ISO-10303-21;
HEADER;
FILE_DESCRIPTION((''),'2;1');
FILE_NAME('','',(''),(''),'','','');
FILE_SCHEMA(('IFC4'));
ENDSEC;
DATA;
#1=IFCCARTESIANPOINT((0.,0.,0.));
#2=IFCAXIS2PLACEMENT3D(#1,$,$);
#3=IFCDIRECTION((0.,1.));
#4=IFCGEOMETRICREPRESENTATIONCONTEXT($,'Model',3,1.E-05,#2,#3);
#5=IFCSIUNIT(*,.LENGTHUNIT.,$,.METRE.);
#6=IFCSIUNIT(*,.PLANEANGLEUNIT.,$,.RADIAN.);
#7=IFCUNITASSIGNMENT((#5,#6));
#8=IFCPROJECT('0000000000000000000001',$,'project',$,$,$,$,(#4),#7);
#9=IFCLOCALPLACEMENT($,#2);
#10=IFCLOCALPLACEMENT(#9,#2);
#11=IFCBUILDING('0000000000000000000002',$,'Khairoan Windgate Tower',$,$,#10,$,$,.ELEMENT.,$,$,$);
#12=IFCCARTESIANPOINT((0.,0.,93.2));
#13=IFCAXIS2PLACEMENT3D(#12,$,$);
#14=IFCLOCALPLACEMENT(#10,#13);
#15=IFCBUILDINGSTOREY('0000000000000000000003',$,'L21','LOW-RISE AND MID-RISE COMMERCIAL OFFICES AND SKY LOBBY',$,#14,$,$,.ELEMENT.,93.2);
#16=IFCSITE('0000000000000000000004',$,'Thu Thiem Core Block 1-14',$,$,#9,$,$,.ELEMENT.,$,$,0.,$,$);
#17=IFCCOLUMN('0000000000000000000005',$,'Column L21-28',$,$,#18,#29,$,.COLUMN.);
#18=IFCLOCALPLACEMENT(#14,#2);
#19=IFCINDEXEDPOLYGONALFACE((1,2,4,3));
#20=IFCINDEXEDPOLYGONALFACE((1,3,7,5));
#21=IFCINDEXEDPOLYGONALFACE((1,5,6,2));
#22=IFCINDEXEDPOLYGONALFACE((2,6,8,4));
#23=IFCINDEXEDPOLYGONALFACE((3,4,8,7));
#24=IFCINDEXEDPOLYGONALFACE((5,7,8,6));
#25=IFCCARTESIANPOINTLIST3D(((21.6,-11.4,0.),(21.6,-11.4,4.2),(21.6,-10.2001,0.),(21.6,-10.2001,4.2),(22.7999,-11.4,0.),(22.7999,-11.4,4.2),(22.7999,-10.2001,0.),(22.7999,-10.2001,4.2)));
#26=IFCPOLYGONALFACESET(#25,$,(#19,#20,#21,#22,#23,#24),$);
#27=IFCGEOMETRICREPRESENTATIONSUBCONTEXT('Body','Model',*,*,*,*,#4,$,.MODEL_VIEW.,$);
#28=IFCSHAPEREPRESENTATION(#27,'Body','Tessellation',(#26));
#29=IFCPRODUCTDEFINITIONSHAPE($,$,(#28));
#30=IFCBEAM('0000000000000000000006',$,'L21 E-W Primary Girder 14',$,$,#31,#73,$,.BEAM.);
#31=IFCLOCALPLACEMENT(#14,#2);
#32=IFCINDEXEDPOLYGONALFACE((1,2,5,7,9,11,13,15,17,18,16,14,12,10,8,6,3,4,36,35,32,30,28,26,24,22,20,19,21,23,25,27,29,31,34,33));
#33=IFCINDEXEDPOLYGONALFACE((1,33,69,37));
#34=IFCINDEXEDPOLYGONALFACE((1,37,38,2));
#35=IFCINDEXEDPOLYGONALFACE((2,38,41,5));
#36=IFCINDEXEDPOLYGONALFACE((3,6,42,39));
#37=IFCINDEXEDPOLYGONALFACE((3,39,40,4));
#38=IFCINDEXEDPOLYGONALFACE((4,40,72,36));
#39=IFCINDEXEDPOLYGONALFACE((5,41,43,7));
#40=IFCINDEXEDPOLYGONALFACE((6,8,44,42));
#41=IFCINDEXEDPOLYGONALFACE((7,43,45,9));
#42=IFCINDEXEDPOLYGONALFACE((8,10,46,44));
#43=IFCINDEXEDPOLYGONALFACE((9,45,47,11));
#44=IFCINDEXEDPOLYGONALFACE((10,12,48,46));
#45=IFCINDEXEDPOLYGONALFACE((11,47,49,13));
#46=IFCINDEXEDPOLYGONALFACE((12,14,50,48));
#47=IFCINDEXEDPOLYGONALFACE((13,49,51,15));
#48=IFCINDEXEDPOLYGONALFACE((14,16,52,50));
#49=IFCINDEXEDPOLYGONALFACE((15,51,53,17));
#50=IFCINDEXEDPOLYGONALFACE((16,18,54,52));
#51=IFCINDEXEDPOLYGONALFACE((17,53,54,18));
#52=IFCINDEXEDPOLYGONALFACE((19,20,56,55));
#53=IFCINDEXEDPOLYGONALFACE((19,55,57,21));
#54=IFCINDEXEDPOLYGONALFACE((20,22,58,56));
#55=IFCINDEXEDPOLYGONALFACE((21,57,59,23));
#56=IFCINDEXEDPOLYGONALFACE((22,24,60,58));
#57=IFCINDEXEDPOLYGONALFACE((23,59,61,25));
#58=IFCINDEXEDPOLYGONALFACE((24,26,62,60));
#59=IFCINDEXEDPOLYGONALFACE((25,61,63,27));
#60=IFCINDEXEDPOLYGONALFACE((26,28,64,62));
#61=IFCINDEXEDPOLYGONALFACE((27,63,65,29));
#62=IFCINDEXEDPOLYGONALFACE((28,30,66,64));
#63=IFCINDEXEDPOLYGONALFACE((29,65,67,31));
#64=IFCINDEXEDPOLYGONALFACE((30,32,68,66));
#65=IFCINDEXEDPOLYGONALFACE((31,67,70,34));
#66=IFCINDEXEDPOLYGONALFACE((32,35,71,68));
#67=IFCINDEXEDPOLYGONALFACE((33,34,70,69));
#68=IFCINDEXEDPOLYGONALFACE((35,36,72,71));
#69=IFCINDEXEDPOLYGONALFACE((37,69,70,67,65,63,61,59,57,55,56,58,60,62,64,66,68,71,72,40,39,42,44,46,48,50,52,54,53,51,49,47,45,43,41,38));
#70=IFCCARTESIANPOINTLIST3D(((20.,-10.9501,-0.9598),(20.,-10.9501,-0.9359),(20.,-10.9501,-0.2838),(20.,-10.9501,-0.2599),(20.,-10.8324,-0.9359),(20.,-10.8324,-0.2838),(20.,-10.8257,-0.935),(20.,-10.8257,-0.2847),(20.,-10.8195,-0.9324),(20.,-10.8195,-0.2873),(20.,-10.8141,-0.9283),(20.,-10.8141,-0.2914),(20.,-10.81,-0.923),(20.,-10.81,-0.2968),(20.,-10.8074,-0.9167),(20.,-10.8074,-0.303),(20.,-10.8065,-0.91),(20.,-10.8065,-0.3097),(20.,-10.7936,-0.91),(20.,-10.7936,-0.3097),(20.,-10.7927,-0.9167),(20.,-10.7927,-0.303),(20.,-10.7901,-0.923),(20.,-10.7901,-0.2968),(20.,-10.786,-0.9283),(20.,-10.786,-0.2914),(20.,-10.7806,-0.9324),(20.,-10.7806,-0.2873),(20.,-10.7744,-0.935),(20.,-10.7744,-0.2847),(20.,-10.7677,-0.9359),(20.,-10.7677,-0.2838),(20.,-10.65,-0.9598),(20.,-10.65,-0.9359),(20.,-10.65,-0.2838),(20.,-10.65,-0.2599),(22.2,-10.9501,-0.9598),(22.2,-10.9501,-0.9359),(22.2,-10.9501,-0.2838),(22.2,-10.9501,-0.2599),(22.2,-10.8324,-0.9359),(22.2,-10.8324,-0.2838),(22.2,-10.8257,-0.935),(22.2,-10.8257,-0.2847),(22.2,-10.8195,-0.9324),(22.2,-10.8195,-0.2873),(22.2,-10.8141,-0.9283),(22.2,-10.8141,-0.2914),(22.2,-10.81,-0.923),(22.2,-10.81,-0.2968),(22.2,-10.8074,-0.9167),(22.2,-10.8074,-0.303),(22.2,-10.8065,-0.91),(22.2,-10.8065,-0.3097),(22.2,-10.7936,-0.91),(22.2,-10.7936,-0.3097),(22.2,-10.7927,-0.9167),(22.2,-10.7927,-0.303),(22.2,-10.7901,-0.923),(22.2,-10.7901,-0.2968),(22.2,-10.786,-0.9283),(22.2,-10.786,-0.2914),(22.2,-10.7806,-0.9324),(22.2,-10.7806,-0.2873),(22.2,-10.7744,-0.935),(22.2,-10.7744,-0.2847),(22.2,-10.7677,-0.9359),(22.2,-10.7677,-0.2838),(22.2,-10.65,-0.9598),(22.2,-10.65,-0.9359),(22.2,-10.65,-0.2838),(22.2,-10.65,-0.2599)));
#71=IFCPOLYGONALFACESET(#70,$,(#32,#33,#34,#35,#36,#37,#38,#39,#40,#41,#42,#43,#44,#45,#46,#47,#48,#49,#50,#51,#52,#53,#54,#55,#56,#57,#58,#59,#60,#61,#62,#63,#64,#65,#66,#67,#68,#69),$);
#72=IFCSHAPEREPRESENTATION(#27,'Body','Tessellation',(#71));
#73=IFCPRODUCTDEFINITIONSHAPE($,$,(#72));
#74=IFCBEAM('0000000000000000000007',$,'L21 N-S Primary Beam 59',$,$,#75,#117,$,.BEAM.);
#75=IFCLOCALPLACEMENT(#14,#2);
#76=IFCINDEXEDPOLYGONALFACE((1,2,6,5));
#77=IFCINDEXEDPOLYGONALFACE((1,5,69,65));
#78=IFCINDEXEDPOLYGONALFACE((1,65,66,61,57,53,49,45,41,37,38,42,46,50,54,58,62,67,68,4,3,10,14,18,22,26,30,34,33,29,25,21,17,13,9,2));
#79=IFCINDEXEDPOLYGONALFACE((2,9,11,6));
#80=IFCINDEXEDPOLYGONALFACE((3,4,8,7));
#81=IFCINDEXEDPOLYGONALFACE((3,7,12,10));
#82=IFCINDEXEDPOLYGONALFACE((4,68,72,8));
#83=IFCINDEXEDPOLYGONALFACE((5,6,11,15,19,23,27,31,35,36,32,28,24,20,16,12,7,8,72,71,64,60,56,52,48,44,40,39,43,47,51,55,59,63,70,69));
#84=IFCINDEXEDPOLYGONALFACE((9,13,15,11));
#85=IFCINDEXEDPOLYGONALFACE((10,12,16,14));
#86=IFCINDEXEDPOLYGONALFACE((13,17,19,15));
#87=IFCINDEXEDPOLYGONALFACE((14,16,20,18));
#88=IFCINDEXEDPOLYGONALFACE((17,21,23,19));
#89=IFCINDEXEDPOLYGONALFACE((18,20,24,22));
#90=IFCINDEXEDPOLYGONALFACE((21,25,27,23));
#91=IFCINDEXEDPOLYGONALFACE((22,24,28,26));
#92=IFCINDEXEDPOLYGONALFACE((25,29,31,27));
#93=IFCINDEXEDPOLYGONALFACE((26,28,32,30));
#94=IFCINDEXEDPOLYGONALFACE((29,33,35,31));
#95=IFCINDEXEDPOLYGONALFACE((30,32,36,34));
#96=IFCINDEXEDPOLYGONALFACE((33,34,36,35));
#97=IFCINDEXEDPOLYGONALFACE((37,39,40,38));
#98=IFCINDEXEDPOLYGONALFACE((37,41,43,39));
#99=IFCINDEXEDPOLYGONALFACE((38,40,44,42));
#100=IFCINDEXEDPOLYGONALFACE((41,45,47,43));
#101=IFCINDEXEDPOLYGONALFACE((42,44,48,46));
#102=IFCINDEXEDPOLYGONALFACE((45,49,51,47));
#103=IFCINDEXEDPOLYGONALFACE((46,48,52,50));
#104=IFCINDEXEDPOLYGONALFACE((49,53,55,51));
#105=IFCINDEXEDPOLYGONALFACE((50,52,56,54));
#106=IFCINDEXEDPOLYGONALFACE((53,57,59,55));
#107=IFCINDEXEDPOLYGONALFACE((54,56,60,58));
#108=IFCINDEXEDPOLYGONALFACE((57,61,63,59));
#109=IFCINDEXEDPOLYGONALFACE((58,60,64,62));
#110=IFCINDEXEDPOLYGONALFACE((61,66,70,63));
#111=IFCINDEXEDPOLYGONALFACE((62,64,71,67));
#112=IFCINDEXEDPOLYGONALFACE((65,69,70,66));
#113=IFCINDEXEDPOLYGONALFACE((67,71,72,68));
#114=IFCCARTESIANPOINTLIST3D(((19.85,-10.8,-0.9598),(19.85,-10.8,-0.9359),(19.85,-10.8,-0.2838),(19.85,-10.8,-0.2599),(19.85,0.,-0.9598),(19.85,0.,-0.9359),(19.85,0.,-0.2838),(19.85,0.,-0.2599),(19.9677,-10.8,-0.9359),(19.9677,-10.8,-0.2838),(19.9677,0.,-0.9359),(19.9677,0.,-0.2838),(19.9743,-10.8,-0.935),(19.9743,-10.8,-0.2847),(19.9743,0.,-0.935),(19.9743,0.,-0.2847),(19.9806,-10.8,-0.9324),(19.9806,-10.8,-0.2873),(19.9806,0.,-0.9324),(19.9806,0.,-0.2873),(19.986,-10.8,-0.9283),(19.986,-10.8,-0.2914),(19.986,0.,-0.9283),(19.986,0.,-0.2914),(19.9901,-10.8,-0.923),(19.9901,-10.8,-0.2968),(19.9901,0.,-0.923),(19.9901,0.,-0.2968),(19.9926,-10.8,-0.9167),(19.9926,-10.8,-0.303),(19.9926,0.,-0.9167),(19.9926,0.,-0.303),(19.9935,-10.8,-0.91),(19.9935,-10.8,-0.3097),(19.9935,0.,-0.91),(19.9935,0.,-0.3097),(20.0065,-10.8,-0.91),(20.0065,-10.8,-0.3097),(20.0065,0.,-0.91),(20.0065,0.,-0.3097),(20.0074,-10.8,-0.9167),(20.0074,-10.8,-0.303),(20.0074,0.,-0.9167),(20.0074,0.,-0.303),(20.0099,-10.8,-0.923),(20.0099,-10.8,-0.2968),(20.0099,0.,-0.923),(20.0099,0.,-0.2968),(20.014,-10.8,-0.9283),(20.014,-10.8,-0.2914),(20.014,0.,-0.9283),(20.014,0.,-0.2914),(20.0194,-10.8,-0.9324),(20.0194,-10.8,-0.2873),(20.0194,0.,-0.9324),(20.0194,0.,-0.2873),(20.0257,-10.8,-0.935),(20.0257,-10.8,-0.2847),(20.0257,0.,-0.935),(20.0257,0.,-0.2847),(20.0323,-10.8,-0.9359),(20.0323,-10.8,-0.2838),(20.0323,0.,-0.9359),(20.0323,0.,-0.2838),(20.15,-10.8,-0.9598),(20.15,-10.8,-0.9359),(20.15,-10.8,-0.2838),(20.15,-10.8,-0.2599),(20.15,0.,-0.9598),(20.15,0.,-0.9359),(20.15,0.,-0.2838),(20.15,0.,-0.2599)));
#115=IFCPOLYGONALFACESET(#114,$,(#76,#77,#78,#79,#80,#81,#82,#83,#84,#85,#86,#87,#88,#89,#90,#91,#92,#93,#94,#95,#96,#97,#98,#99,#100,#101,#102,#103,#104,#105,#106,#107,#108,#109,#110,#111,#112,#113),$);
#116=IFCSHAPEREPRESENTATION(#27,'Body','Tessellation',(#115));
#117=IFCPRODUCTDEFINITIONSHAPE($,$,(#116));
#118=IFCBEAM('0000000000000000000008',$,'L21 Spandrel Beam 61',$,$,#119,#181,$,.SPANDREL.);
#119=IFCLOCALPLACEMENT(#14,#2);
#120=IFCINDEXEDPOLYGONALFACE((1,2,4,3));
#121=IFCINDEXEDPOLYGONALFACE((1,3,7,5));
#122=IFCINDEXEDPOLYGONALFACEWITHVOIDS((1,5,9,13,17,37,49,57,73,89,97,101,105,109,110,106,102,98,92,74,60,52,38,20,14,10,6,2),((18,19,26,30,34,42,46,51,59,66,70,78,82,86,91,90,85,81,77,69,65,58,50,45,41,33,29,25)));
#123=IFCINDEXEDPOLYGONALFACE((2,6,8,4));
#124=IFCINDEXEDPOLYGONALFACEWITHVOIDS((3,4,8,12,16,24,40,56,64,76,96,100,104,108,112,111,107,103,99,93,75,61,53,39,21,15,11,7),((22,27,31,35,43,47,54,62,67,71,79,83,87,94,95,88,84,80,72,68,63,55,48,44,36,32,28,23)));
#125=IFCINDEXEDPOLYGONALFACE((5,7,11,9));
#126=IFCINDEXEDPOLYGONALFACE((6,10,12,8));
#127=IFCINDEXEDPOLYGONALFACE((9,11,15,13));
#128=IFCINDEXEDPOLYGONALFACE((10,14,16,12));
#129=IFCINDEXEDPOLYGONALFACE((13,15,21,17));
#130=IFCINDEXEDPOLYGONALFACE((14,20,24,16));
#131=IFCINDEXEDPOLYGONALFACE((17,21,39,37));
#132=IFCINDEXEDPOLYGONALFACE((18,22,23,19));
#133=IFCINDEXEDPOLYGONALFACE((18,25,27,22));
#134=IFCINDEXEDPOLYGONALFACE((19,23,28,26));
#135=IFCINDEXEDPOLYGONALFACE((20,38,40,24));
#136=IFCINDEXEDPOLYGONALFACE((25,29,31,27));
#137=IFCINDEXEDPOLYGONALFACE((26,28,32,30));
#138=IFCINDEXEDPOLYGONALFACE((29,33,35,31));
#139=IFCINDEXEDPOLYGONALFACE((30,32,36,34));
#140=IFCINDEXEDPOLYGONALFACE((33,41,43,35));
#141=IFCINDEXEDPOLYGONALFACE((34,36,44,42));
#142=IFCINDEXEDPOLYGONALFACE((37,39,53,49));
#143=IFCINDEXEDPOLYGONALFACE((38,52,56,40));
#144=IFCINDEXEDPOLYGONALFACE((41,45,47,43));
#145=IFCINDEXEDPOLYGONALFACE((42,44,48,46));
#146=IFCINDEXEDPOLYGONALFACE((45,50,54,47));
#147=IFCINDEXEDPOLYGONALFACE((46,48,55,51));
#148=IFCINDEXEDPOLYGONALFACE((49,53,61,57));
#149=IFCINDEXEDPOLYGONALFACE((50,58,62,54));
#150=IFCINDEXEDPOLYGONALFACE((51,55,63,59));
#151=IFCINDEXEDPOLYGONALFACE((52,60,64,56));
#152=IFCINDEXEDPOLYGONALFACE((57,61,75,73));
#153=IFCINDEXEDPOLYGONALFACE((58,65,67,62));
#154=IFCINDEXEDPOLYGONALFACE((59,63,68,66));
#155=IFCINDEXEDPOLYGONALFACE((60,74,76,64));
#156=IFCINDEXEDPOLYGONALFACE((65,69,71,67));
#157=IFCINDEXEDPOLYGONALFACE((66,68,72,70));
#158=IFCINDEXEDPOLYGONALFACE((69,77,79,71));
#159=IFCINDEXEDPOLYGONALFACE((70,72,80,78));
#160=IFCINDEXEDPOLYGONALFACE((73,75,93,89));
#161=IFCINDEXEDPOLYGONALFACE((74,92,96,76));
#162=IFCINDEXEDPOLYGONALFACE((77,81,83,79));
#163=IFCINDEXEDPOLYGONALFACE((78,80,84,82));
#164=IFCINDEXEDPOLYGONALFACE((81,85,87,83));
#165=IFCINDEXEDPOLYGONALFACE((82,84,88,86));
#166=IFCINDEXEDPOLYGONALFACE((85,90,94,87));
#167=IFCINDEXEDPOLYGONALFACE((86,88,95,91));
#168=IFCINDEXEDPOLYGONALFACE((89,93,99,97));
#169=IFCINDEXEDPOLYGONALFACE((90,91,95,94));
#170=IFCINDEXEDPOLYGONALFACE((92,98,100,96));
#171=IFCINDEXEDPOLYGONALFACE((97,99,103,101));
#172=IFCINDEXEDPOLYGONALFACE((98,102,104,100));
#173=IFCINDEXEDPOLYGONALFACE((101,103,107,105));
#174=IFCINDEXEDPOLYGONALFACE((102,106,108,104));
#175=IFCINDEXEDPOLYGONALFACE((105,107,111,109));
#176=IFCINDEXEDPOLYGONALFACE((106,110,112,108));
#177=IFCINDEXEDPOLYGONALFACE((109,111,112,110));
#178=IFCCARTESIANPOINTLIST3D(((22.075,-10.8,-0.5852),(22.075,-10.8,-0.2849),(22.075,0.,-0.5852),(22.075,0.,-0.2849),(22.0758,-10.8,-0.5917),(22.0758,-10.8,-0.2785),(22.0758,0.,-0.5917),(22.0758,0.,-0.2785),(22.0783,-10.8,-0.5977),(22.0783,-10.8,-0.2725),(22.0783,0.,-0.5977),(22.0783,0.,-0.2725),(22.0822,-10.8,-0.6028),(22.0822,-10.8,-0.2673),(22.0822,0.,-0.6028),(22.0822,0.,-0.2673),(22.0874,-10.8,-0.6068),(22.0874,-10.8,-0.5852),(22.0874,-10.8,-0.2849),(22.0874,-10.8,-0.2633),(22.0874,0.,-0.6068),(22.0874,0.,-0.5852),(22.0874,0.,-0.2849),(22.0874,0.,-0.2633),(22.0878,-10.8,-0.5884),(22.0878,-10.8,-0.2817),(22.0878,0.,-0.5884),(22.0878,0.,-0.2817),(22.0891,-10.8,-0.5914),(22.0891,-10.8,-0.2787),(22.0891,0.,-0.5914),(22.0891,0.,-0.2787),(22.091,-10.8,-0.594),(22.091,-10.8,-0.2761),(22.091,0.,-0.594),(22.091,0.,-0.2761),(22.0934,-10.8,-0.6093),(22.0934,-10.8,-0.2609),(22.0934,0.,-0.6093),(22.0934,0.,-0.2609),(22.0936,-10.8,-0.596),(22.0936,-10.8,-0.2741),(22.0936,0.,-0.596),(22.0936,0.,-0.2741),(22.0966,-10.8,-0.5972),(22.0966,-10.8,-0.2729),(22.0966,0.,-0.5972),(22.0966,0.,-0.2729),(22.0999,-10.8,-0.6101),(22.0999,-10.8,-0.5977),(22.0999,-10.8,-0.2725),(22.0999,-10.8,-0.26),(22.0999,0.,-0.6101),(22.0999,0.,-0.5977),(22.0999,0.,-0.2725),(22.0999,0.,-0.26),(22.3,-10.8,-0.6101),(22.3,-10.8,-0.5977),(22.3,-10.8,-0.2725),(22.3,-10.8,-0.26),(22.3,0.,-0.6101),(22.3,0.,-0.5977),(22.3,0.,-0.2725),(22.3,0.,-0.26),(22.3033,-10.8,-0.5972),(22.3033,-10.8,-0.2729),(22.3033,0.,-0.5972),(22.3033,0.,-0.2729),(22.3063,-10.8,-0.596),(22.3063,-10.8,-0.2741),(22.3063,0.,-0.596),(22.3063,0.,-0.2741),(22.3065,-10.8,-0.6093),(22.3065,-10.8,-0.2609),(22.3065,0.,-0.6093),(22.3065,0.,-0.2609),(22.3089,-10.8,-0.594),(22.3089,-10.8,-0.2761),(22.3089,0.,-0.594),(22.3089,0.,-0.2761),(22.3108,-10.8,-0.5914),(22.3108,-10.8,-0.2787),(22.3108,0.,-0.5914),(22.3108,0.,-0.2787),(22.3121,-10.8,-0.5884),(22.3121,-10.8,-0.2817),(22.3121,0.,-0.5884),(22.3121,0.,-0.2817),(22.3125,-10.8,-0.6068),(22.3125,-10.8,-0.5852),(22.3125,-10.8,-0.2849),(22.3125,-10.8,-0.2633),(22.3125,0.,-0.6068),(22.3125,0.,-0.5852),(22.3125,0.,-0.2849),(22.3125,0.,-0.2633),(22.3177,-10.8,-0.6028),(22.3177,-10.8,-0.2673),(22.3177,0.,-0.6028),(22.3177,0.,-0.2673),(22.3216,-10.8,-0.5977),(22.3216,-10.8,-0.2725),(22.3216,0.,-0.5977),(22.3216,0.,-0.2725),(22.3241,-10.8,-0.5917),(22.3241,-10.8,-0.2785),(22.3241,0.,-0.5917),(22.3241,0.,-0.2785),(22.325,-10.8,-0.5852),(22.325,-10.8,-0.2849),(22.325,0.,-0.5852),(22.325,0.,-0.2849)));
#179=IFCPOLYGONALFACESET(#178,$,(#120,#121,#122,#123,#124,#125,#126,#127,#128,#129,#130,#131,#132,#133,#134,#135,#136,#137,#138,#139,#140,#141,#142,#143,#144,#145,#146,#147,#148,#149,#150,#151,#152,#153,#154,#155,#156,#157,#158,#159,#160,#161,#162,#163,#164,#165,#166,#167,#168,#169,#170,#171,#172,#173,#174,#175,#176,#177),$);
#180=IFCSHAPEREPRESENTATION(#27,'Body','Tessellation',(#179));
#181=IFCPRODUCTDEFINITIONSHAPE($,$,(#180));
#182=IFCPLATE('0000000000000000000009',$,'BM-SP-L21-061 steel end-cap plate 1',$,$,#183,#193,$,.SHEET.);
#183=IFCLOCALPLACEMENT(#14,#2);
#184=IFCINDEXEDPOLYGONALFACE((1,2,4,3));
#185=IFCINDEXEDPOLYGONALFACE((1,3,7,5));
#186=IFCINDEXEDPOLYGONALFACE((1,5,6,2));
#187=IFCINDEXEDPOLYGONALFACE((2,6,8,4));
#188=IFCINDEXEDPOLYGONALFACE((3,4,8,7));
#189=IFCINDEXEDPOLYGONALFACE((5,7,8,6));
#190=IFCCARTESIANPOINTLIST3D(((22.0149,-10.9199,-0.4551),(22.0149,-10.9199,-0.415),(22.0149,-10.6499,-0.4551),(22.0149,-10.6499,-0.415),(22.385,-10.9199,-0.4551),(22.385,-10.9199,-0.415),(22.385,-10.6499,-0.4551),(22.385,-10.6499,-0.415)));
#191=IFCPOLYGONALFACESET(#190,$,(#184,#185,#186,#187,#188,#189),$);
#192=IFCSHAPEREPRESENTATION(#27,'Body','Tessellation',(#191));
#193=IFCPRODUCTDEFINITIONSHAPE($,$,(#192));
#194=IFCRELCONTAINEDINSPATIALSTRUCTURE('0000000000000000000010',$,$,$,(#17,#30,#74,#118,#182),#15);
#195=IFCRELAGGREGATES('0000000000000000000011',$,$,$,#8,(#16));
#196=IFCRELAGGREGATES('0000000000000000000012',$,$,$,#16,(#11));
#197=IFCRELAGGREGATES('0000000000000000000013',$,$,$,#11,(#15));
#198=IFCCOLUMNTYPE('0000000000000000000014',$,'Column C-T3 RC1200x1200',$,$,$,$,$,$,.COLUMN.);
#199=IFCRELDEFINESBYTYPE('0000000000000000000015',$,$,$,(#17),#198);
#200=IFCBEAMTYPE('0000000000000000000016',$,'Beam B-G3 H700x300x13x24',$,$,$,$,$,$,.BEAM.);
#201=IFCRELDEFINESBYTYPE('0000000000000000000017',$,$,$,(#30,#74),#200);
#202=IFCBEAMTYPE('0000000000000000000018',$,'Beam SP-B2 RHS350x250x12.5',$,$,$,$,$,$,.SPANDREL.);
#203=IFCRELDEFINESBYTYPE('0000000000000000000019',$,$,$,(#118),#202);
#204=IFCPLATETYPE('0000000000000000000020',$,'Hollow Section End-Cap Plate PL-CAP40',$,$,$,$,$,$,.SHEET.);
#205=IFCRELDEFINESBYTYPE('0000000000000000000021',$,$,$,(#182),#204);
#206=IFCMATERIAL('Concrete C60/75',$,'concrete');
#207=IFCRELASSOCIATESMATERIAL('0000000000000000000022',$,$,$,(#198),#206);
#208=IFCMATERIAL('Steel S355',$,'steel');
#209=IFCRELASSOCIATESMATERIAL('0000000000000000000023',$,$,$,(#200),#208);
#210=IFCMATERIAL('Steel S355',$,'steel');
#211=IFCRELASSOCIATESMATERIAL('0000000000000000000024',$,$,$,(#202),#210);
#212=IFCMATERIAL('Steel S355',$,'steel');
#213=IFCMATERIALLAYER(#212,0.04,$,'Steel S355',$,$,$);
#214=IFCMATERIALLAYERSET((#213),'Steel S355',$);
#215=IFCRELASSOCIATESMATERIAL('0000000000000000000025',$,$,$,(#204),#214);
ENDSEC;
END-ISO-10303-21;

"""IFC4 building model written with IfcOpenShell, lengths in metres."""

from ifc_helpers import new_model, si_unit, direction, frame, origin, origin_2d, place, context, subcontext, project, spatial, rectangle, hollow_rectangle, i_section, extrude, material, layer, layer_set, material_profile, profile_set, type_object, element, save


model = new_model("IFC4")

# Units and contexts
model_context = context("Model", 3, precision=1e-05, world=origin(), true_north=direction((0.0, 1.0)))
body_context = subcontext(model_context, "Body", "Model", "MODEL_VIEW")
ifc_project = project(units=[si_unit("LENGTHUNIT", "METRE"), si_unit("PLANEANGLEUNIT", "RADIAN")], contexts=[model_context])

# Site, building, storey
site_placement = place(None, origin())
site = spatial("IfcSite", under=ifc_project, at=site_placement, Name="Thu Thiem Core Block 1-14", CompositionType="ELEMENT", RefElevation=0.0)
building_placement = place(site_placement, origin())
building = spatial("IfcBuilding", under=site, at=building_placement, Name="Khairoan Windgate Tower", CompositionType="ELEMENT")
storey_placement = place(building_placement, frame((0.0, 0.0, 93.2)))
storey = spatial("IfcBuildingStorey", under=building, at=storey_placement, Name="L21", Description="LOW-RISE AND MID-RISE COMMERCIAL OFFICES AND SKY LOBBY", CompositionType="ELEMENT", Elevation=93.2)

# Column
ifc_material_1 = material(Name="Concrete C60/75", Category="concrete")
ifc_material_profile_1 = material_profile(ifc_material_1, rectangle(XDim=1.2, YDim=1.2, at=origin_2d()))
ifc_profile_set_1 = profile_set([ifc_material_profile_1], Name="Concrete C60/75")
column_type = type_object("IfcColumnType", Name="Column C-T3 RC1200x1200", PredefinedType="COLUMN", material=ifc_profile_set_1)
column_placement = place(storey_placement, frame((22.2, -10.8, 0.0), z_axis=(0.0, 0.0, 1.0), x_axis=(1.0, 0.0, 0.0)))
element("IfcColumn", 1, at=column_placement, inside=storey, type_object=column_type, Name="Column L21-28", PredefinedType="COLUMN", context=body_context, shape_type="SweptSolid", body=[
    extrude(rectangle(XDim=1.2, YDim=1.2, at=origin_2d()), origin(), (0.0, 0.0, 1.0), 4.2),
])

# Beams
ifc_material_2 = material(Name="Steel S355", Category="steel")
ifc_material_profile_2 = material_profile(ifc_material_2, i_section(OverallWidth=0.3, OverallDepth=0.7, WebThickness=0.0129, FlangeThickness=0.0239, FilletRadius=0.0259, at=origin_2d()))
ifc_profile_set_2 = profile_set([ifc_material_profile_2], Name="Steel S355")
beam_type_1 = type_object("IfcBeamType", Name="Beam B-G3 H700x300x13x24", PredefinedType="BEAM", material=ifc_profile_set_2)
beam_1_placement = place(storey_placement, frame((20.0, -10.8, -0.6099), z_axis=(1.0, 0.0, 0.0), x_axis=(0.0, 1.0, 0.0)))
element("IfcBeam", 2, at=beam_1_placement, inside=storey, type_object=beam_type_1, Name="L21 E-W Primary Girder 14", PredefinedType="BEAM", context=body_context, shape_type="SweptSolid", body=[
    extrude(i_section(OverallWidth=0.3, OverallDepth=0.7, WebThickness=0.0129, FlangeThickness=0.0239, FilletRadius=0.0259, at=origin_2d()), origin(), (0.0, 0.0, 1.0), 2.2),
])
beam_2_placement = place(storey_placement, frame((20.0, -10.8, -0.6099), z_axis=(0.0, 1.0, 0.0), x_axis=(-1.0, 0.0, 0.0)))
element("IfcBeam", 3, at=beam_2_placement, inside=storey, type_object=beam_type_1, Name="L21 N-S Primary Beam 59", PredefinedType="BEAM", context=body_context, shape_type="SweptSolid", body=[
    extrude(i_section(OverallWidth=0.3, OverallDepth=0.7, WebThickness=0.0129, FlangeThickness=0.0239, FilletRadius=0.0259, at=origin_2d()), origin(), (0.0, 0.0, 1.0), 10.8),
])
ifc_material_3 = material(Name="Steel S355", Category="steel")
ifc_material_profile_3 = material_profile(ifc_material_3, hollow_rectangle(XDim=0.25, YDim=0.3501, WallThickness=0.0125, InnerFilletRadius=0.0125, OuterFilletRadius=0.0249, at=origin_2d()))
ifc_profile_set_3 = profile_set([ifc_material_profile_3], Name="Steel S355")
beam_type_2 = type_object("IfcBeamType", Name="Beam SP-B2 RHS350x250x12.5", PredefinedType="SPANDREL", material=ifc_profile_set_3)
beam_3_placement = place(storey_placement, frame((22.2, -10.8, -0.4351), z_axis=(0.0, 1.0, 0.0), x_axis=(-1.0, 0.0, 0.0)))
element("IfcBeam", 4, at=beam_3_placement, inside=storey, type_object=beam_type_2, Name="L21 Spandrel Beam 61", PredefinedType="SPANDREL", context=body_context, shape_type="SweptSolid", body=[
    extrude(hollow_rectangle(XDim=0.25, YDim=0.3501, WallThickness=0.0125, InnerFilletRadius=0.0125, OuterFilletRadius=0.0249, at=origin_2d()), origin(), (0.0, 0.0, 1.0), 10.8),
])

# Plate
ifc_material_4 = material(Name="Steel S355", Category="steel")
ifc_layer_1 = layer(ifc_material_4, 0.04, Name="Steel S355")
ifc_layer_set_1 = layer_set([ifc_layer_1], Name="Steel S355")
plate_type = type_object("IfcPlateType", Name="Hollow Section End-Cap Plate PL-CAP40", PredefinedType="SHEET", material=ifc_layer_set_1)
plate_placement = place(storey_placement, frame((22.2, -10.7849, -0.4551), z_axis=(0.0, 0.0, 1.0), x_axis=(0.0, 1.0, 0.0)))
element("IfcPlate", 5, at=plate_placement, inside=storey, type_object=plate_type, Name="BM-SP-L21-061 steel end-cap plate 1", PredefinedType="SHEET", context=body_context, shape_type="SweptSolid", body=[
    extrude(rectangle(XDim=0.27, YDim=0.3701, at=origin_2d()), origin(), (0.0, 0.0, 1.0), 0.04),
])

save(model, "model.ifc")
